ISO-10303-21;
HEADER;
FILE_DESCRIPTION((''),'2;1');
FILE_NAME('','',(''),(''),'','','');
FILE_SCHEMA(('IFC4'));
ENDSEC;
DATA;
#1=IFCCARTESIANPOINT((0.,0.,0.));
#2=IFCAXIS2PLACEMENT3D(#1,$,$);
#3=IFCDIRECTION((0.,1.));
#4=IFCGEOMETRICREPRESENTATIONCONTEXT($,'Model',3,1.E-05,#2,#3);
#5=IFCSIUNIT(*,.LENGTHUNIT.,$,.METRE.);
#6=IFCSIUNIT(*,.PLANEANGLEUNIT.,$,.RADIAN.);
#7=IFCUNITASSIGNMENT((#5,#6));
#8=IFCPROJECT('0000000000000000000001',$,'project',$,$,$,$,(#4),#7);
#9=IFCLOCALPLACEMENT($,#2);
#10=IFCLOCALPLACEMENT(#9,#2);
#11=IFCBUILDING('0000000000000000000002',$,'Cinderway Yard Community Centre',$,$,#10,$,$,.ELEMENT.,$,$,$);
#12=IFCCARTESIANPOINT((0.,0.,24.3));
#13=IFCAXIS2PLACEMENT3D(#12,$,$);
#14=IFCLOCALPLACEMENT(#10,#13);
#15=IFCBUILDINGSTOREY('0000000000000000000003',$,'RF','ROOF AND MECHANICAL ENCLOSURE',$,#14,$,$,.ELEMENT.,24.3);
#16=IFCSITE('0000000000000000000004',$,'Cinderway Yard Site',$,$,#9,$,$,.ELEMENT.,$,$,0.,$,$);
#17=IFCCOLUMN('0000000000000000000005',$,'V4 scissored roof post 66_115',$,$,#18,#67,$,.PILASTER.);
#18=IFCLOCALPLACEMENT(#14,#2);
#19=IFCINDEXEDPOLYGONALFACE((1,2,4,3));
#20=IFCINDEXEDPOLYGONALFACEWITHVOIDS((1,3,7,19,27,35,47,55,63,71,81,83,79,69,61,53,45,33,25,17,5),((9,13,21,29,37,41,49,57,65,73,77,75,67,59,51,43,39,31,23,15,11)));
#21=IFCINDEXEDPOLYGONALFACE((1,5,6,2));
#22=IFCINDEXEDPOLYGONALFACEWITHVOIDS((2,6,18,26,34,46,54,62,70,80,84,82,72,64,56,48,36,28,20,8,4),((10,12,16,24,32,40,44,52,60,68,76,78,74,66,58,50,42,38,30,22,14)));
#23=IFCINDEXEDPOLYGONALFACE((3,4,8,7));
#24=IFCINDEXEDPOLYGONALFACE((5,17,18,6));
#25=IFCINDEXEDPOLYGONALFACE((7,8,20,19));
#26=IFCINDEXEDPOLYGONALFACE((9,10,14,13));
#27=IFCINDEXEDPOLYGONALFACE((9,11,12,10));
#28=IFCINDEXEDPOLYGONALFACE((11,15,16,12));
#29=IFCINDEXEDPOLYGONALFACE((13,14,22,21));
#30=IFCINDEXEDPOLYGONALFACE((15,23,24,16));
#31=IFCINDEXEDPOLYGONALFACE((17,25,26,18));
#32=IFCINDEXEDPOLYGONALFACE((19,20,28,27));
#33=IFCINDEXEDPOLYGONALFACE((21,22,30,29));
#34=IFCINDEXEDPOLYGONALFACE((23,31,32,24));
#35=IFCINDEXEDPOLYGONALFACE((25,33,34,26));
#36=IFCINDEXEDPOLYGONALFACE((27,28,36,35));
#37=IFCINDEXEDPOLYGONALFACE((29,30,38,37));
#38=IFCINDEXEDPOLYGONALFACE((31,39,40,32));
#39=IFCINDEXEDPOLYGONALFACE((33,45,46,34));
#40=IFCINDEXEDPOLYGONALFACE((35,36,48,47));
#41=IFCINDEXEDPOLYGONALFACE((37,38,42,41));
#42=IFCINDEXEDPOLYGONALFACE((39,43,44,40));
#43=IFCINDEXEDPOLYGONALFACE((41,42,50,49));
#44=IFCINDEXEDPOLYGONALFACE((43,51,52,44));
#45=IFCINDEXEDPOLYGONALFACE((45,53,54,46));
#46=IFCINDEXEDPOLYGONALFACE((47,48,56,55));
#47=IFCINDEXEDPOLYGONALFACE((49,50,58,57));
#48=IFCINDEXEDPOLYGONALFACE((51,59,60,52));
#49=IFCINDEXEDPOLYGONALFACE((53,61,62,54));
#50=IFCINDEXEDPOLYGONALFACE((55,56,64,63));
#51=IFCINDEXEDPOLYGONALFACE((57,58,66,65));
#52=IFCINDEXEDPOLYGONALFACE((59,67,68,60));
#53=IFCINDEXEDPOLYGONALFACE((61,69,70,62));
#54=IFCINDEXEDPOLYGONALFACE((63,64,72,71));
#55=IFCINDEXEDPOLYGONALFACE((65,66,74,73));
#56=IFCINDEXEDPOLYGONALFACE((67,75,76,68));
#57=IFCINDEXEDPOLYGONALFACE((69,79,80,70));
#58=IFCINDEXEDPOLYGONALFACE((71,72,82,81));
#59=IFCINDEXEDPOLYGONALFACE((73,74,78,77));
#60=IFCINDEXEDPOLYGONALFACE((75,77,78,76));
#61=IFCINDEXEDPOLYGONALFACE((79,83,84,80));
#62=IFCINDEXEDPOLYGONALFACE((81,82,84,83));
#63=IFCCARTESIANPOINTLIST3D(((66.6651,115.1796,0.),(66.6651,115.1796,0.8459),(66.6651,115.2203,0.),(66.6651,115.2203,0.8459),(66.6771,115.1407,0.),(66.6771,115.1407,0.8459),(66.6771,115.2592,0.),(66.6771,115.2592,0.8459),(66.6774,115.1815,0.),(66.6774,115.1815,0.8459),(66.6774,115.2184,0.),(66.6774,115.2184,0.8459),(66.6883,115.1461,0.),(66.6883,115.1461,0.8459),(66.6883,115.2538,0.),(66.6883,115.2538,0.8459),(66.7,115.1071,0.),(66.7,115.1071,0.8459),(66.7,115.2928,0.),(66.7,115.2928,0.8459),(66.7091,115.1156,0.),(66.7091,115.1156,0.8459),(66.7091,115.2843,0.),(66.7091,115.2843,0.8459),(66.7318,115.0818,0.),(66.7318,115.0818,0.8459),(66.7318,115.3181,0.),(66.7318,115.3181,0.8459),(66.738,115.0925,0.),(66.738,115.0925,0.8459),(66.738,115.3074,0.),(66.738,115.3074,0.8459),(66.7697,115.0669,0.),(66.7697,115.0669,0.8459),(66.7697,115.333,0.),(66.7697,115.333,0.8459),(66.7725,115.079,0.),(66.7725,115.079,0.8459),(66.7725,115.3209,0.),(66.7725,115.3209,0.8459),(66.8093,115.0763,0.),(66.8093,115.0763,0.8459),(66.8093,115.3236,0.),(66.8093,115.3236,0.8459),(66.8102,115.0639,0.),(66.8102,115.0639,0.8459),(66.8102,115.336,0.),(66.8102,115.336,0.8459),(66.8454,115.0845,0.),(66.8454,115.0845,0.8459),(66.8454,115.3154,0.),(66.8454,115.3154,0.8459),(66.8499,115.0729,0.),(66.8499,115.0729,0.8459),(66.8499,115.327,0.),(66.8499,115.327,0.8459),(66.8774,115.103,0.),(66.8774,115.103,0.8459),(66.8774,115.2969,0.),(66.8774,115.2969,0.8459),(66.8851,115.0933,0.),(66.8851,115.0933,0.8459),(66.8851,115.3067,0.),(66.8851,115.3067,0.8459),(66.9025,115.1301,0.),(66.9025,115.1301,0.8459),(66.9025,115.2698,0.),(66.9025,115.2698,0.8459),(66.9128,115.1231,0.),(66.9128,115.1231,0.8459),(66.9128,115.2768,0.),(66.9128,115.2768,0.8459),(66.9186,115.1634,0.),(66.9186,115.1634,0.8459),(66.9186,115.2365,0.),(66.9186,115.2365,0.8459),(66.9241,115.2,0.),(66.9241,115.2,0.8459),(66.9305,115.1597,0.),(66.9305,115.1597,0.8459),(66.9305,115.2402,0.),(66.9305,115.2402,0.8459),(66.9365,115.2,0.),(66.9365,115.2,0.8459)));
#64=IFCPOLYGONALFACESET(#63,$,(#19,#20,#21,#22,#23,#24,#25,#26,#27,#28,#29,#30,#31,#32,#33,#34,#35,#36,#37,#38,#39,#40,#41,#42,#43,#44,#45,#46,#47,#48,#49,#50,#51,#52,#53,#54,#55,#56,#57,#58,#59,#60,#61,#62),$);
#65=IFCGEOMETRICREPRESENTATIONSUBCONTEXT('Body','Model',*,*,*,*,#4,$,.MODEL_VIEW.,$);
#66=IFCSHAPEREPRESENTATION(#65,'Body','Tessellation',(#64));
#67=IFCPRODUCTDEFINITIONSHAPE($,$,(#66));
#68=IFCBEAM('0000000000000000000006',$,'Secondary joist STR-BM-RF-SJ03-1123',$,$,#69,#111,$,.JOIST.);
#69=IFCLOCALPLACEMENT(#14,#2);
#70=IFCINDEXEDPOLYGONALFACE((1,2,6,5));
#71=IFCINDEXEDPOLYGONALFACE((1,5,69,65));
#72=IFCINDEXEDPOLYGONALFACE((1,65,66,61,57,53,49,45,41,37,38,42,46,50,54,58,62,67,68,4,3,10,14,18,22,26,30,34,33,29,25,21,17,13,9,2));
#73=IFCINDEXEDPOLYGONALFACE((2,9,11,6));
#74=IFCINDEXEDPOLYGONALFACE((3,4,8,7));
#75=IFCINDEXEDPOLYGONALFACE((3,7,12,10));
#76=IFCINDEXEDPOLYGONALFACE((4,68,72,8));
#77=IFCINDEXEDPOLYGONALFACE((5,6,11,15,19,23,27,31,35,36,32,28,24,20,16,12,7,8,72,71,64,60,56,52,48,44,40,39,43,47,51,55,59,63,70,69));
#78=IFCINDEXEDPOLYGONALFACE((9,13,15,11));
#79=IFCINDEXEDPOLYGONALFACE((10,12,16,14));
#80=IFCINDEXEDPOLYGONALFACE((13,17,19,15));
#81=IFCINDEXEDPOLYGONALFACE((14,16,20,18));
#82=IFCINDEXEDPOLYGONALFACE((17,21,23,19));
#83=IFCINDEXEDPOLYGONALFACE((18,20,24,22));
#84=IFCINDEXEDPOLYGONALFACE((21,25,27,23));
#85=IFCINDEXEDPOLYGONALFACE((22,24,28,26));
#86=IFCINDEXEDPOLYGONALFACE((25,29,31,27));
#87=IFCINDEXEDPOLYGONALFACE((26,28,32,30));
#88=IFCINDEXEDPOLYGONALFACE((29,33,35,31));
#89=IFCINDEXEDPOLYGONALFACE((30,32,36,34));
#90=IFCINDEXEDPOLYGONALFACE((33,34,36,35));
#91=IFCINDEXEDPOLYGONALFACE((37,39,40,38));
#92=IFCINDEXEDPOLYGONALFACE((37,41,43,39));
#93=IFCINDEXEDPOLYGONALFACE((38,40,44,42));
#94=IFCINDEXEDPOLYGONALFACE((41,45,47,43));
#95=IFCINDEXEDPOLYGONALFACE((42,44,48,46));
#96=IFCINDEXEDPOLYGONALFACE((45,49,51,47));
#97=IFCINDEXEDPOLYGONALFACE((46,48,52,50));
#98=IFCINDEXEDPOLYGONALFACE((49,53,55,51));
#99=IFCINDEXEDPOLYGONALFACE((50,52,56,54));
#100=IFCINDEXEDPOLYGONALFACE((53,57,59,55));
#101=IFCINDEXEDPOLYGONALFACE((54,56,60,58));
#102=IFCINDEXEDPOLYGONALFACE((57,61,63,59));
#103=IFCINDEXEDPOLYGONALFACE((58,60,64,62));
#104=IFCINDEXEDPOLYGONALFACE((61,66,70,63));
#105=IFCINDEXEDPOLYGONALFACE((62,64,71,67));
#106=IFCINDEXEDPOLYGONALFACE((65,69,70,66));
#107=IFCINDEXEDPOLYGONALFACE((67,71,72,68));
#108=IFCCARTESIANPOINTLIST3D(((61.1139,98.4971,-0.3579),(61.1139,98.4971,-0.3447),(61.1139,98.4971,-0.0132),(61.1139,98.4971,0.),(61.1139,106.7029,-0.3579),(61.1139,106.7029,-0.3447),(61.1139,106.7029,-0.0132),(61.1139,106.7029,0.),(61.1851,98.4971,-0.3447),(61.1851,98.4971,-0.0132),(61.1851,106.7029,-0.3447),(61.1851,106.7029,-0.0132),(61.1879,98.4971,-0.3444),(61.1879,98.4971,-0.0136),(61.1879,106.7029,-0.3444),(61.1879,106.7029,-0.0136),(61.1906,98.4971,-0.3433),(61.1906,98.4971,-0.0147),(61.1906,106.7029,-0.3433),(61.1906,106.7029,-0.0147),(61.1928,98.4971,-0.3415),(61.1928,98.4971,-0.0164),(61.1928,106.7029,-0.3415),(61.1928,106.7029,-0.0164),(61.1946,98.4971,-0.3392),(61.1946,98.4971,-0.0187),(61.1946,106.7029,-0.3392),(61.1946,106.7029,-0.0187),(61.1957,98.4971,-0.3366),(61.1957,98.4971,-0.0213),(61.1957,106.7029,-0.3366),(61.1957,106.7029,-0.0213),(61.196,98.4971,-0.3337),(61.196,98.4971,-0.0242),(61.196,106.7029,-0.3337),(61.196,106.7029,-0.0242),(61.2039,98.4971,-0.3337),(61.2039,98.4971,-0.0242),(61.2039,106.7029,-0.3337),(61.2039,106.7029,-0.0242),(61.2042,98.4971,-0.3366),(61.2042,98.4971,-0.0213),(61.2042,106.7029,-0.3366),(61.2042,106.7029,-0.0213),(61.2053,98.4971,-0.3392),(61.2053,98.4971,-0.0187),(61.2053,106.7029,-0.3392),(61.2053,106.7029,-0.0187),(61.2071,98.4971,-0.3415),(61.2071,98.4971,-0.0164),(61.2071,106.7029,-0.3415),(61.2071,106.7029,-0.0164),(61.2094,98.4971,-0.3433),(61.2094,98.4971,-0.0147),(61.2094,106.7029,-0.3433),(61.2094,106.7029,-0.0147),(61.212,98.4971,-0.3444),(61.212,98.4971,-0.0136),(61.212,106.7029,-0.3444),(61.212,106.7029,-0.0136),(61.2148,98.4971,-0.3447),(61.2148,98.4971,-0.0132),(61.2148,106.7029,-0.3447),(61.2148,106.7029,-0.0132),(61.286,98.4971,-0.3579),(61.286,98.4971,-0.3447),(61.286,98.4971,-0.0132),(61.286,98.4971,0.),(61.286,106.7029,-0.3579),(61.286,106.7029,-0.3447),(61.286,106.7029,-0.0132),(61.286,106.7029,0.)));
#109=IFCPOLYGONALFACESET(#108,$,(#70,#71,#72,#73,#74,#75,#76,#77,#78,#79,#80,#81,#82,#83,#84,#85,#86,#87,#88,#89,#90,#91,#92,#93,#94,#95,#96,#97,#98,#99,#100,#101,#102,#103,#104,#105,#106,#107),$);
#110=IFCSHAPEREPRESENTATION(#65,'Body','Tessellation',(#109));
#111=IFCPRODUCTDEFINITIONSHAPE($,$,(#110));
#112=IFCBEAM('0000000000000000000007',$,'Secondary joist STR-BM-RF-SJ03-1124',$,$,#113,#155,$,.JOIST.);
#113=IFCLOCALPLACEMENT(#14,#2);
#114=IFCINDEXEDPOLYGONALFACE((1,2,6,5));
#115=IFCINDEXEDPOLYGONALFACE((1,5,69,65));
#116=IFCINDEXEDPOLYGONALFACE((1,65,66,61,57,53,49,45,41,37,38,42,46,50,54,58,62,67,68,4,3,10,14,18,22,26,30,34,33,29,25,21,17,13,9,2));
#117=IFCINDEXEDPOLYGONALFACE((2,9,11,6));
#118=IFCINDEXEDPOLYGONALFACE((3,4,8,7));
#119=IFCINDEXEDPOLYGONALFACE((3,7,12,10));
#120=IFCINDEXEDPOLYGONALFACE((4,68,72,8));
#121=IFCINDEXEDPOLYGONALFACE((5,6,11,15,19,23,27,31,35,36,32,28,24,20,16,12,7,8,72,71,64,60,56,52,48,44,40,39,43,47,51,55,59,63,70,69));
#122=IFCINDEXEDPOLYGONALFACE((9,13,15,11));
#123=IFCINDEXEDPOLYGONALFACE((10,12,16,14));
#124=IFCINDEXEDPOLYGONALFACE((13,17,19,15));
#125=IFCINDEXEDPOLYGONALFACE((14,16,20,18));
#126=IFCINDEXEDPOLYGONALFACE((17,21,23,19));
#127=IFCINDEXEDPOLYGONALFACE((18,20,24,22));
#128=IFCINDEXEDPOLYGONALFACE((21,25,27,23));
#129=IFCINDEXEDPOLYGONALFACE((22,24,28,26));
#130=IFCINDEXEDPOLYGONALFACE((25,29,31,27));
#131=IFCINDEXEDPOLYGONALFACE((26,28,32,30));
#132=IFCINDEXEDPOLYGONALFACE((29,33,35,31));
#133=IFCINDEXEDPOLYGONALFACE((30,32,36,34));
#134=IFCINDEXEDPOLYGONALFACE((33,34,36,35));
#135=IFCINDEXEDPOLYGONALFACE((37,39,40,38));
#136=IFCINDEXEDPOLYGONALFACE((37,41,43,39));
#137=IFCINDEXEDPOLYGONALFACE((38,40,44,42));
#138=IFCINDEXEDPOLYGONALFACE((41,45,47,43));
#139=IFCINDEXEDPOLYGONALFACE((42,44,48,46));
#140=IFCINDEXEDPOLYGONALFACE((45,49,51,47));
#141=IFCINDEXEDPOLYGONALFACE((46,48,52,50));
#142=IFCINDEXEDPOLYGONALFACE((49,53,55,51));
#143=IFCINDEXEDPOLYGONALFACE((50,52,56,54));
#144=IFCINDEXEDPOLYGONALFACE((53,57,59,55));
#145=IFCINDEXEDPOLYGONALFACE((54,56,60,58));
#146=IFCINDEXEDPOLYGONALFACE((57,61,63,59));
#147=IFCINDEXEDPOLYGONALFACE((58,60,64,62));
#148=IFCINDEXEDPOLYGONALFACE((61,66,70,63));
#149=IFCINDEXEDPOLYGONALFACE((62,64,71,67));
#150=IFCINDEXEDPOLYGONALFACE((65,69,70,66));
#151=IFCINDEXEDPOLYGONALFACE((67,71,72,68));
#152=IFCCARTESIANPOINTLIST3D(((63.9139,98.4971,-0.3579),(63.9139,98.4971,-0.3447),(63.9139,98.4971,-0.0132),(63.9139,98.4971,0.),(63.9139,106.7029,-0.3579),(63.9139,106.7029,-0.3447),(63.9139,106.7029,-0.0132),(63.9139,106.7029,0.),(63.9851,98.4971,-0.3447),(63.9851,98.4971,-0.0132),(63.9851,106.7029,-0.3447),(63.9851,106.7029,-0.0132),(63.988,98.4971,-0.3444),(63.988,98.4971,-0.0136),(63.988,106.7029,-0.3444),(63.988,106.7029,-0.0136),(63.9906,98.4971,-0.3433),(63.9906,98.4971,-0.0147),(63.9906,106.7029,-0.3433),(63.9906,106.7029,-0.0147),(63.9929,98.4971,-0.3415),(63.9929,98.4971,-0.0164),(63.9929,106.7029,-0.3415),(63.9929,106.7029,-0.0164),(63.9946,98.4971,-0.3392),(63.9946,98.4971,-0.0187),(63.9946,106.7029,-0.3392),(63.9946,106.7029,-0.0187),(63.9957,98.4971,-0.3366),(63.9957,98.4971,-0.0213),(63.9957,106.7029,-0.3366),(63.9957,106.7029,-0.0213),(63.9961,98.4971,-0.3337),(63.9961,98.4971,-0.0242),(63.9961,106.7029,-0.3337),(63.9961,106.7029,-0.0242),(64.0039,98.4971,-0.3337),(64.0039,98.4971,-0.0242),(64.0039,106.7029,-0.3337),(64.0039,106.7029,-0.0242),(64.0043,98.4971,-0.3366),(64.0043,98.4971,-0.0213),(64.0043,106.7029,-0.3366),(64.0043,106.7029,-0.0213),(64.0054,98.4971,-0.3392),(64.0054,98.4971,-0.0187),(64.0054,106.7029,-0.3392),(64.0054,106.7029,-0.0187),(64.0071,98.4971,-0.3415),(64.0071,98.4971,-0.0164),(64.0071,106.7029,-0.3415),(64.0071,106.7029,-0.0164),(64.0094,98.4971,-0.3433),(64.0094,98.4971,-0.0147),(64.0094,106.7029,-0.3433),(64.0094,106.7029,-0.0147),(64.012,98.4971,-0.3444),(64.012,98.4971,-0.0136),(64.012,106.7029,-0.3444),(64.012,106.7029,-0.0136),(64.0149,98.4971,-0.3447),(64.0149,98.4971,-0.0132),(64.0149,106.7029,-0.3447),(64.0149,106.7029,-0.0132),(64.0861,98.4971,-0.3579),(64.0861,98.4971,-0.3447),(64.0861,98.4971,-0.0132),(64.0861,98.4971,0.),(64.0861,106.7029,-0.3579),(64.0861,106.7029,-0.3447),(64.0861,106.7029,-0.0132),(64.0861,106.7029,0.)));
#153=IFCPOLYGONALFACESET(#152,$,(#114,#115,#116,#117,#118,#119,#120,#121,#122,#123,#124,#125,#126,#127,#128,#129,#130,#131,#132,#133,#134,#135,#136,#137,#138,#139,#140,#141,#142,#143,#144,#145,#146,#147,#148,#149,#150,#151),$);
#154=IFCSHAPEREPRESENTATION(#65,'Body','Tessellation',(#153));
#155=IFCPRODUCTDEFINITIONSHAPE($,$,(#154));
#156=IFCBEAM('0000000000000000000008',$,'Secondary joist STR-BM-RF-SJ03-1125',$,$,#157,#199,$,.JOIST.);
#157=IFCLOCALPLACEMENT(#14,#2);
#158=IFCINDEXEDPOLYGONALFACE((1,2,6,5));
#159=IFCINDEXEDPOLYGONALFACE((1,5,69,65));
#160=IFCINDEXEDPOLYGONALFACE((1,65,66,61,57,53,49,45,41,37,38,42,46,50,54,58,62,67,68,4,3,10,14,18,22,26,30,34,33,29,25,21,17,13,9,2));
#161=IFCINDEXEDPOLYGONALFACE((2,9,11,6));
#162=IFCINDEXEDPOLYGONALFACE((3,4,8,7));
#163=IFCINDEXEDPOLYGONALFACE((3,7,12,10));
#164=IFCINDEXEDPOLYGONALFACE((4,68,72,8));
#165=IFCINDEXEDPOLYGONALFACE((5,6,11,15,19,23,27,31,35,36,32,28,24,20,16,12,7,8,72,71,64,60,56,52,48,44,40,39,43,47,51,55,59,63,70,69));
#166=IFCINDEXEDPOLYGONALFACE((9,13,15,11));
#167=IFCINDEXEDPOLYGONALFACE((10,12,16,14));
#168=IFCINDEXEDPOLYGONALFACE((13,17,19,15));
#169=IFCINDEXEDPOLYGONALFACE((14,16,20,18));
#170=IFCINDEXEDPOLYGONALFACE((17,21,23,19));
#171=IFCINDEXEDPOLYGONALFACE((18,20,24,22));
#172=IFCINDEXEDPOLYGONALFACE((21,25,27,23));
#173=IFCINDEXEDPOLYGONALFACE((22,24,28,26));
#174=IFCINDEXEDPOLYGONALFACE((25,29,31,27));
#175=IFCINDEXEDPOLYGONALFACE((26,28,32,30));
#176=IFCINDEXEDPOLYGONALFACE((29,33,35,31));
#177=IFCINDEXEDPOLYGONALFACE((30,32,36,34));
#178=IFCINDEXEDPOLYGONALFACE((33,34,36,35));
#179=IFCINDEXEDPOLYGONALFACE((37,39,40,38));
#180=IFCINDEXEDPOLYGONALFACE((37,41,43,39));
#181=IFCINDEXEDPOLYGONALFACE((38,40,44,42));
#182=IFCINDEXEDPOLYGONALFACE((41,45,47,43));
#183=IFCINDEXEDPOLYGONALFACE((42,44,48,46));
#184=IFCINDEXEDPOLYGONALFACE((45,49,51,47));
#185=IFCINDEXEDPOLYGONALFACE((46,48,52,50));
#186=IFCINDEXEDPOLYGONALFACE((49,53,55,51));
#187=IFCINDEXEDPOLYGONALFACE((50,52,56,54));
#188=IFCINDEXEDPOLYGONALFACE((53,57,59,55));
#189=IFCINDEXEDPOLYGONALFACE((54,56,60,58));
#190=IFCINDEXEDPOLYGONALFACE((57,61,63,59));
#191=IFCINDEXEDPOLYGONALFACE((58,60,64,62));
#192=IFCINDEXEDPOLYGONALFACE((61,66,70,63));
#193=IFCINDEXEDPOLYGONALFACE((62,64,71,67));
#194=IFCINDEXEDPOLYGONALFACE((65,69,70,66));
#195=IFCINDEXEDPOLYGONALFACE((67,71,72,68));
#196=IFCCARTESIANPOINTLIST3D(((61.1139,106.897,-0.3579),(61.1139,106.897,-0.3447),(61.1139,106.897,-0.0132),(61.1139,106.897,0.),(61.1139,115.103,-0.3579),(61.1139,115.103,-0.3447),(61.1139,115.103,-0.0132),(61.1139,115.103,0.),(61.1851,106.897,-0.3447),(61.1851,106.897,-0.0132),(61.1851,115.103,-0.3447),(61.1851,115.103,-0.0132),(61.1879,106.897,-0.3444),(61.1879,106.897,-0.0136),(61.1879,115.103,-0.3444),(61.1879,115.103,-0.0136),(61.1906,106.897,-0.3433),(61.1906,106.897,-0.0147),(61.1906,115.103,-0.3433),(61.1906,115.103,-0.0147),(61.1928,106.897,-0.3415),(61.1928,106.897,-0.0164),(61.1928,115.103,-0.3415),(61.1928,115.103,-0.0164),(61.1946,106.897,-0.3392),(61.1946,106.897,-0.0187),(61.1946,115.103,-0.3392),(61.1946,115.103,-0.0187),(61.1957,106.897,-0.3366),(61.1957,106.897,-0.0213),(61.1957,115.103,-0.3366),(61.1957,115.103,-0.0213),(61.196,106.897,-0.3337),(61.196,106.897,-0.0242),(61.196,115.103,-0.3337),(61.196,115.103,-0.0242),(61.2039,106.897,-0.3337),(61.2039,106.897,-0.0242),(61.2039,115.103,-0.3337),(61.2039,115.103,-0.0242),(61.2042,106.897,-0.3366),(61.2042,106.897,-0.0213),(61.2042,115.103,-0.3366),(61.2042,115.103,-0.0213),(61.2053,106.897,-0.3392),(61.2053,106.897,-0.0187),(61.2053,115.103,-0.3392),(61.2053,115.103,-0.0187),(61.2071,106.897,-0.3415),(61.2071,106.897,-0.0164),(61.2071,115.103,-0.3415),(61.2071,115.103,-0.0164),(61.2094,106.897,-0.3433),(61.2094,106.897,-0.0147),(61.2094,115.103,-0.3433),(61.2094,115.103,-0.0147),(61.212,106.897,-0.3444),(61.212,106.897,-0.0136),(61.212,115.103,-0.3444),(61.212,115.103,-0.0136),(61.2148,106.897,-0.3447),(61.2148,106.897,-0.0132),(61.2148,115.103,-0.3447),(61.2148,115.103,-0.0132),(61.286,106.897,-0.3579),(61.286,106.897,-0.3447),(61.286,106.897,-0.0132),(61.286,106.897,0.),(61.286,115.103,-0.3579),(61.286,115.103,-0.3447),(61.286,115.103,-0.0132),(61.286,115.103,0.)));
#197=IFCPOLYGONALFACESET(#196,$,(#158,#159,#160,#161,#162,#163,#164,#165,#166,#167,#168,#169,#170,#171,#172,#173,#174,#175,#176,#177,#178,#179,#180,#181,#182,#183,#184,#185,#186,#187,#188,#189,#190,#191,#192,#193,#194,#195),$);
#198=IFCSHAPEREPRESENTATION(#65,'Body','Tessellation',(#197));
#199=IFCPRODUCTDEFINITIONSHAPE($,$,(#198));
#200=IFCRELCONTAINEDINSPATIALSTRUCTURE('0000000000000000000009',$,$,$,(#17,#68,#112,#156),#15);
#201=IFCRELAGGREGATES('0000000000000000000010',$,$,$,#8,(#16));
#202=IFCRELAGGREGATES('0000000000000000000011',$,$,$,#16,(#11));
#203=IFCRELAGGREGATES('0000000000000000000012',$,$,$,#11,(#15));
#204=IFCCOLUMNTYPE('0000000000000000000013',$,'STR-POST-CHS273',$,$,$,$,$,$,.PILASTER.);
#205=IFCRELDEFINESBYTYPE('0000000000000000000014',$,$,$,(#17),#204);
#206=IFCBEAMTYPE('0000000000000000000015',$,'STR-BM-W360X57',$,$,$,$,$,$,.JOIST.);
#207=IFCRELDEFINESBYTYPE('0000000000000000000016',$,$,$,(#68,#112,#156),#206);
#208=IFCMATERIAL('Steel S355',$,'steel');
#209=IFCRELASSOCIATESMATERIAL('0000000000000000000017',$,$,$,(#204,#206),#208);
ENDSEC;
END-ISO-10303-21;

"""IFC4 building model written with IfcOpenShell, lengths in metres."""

from ifc_helpers import new_model, si_unit, direction, frame, origin, origin_2d, place, context, subcontext, project, spatial, hollow_circle, i_section, extrude, material, material_profile, profile_set, type_object, element, save


model = new_model("IFC4")

# Units and contexts
model_context = context("Model", 3, precision=1e-05, world=origin(), true_north=direction((0.0, 1.0)))
body_context = subcontext(model_context, "Body", "Model", "MODEL_VIEW")
ifc_project = project(units=[si_unit("LENGTHUNIT", "METRE"), si_unit("PLANEANGLEUNIT", "RADIAN")], contexts=[model_context])

# Site, building, storey
site_placement = place(None, origin())
site = spatial("IfcSite", under=ifc_project, at=site_placement, Name="Cinderway Yard Site", CompositionType="ELEMENT", RefElevation=0.0)
building_placement = place(site_placement, origin())
building = spatial("IfcBuilding", under=site, at=building_placement, Name="Cinderway Yard Community Centre", CompositionType="ELEMENT")
storey_placement = place(building_placement, frame((0.0, 0.0, 24.3)))
storey = spatial("IfcBuildingStorey", under=building, at=storey_placement, Name="RF", Description="ROOF AND MECHANICAL ENCLOSURE", CompositionType="ELEMENT", Elevation=24.3)

# Column
ifc_material_1 = material(Name="Steel S355", Category="steel")
ifc_material_profile_1 = material_profile(ifc_material_1, hollow_circle(Radius=0.1365, WallThickness=0.0125, at=origin_2d()), Name="Steel S355")
ifc_profile_set_1 = profile_set([ifc_material_profile_1], Name="Steel S355")
column_type = type_object("IfcColumnType", Name="STR-POST-CHS273", PredefinedType="PILASTER", material=ifc_profile_set_1)
column_1_placement = place(storey_placement, frame((66.8, 115.2, 0.0), z_axis=(0.0, 0.0, 1.0), x_axis=(1.0, 0.0, 0.0)))
element("IfcColumn", 1, at=column_1_placement, inside=storey, type_object=column_type, Name="V4 scissored roof post 66_115", PredefinedType="PILASTER", context=body_context, shape_type="SweptSolid", body=[
    extrude(hollow_circle(Radius=0.1365, WallThickness=0.0125, at=origin_2d()), origin(), (0.0, 0.0, 1.0), 0.8459),
])

# Beams
ifc_material_profile_2 = material_profile(ifc_material_1, i_section(OverallWidth=0.1721, OverallDepth=0.3579, WebThickness=0.0078, FlangeThickness=0.0132, FilletRadius=0.011, at=origin_2d()), Name="Steel S355")
ifc_profile_set_2 = profile_set([ifc_material_profile_2], Name="Steel S355")
beam_type_1 = type_object("IfcBeamType", Name="STR-BM-W360X57", PredefinedType="JOIST", material=ifc_profile_set_2)
for number, where, z_axis, x_axis, name in (
    (2, (61.2, 98.4971, -0.179), (0.0, 1.0, 0.0), (-1.0, 0.0, 0.0), "Secondary joist STR-BM-RF-SJ03-1123"),
    (3, (64.0, 98.4971, -0.179), (0.0, 1.0, 0.0), (-1.0, 0.0, 0.0), "Secondary joist STR-BM-RF-SJ03-1124"),
):
    element("IfcBeam", number, at=place(storey_placement, frame(where, z_axis=z_axis, x_axis=x_axis)), inside=storey, type_object=beam_type_1, Name=name, PredefinedType="JOIST", context=body_context, shape_type="SweptSolid", body=[
        extrude(i_section(OverallWidth=0.1721, OverallDepth=0.3579, WebThickness=0.0078, FlangeThickness=0.0132, FilletRadius=0.011, at=origin_2d()), origin(), (0.0, 0.0, 1.0), 8.2058),
    ])
beam_1_placement = place(storey_placement, frame((61.2, 106.897, -0.179), z_axis=(0.0, 1.0, 0.0), x_axis=(-1.0, 0.0, 0.0)))
element("IfcBeam", 4, at=beam_1_placement, inside=storey, type_object=beam_type_1, Name="Secondary joist STR-BM-RF-SJ03-1125", PredefinedType="JOIST", context=body_context, shape_type="SweptSolid", body=[
    extrude(i_section(OverallWidth=0.1721, OverallDepth=0.3579, WebThickness=0.0078, FlangeThickness=0.0132, FilletRadius=0.011, at=origin_2d()), origin(), (0.0, 0.0, 1.0), 8.2061),
])

save(model, "model.ifc")
